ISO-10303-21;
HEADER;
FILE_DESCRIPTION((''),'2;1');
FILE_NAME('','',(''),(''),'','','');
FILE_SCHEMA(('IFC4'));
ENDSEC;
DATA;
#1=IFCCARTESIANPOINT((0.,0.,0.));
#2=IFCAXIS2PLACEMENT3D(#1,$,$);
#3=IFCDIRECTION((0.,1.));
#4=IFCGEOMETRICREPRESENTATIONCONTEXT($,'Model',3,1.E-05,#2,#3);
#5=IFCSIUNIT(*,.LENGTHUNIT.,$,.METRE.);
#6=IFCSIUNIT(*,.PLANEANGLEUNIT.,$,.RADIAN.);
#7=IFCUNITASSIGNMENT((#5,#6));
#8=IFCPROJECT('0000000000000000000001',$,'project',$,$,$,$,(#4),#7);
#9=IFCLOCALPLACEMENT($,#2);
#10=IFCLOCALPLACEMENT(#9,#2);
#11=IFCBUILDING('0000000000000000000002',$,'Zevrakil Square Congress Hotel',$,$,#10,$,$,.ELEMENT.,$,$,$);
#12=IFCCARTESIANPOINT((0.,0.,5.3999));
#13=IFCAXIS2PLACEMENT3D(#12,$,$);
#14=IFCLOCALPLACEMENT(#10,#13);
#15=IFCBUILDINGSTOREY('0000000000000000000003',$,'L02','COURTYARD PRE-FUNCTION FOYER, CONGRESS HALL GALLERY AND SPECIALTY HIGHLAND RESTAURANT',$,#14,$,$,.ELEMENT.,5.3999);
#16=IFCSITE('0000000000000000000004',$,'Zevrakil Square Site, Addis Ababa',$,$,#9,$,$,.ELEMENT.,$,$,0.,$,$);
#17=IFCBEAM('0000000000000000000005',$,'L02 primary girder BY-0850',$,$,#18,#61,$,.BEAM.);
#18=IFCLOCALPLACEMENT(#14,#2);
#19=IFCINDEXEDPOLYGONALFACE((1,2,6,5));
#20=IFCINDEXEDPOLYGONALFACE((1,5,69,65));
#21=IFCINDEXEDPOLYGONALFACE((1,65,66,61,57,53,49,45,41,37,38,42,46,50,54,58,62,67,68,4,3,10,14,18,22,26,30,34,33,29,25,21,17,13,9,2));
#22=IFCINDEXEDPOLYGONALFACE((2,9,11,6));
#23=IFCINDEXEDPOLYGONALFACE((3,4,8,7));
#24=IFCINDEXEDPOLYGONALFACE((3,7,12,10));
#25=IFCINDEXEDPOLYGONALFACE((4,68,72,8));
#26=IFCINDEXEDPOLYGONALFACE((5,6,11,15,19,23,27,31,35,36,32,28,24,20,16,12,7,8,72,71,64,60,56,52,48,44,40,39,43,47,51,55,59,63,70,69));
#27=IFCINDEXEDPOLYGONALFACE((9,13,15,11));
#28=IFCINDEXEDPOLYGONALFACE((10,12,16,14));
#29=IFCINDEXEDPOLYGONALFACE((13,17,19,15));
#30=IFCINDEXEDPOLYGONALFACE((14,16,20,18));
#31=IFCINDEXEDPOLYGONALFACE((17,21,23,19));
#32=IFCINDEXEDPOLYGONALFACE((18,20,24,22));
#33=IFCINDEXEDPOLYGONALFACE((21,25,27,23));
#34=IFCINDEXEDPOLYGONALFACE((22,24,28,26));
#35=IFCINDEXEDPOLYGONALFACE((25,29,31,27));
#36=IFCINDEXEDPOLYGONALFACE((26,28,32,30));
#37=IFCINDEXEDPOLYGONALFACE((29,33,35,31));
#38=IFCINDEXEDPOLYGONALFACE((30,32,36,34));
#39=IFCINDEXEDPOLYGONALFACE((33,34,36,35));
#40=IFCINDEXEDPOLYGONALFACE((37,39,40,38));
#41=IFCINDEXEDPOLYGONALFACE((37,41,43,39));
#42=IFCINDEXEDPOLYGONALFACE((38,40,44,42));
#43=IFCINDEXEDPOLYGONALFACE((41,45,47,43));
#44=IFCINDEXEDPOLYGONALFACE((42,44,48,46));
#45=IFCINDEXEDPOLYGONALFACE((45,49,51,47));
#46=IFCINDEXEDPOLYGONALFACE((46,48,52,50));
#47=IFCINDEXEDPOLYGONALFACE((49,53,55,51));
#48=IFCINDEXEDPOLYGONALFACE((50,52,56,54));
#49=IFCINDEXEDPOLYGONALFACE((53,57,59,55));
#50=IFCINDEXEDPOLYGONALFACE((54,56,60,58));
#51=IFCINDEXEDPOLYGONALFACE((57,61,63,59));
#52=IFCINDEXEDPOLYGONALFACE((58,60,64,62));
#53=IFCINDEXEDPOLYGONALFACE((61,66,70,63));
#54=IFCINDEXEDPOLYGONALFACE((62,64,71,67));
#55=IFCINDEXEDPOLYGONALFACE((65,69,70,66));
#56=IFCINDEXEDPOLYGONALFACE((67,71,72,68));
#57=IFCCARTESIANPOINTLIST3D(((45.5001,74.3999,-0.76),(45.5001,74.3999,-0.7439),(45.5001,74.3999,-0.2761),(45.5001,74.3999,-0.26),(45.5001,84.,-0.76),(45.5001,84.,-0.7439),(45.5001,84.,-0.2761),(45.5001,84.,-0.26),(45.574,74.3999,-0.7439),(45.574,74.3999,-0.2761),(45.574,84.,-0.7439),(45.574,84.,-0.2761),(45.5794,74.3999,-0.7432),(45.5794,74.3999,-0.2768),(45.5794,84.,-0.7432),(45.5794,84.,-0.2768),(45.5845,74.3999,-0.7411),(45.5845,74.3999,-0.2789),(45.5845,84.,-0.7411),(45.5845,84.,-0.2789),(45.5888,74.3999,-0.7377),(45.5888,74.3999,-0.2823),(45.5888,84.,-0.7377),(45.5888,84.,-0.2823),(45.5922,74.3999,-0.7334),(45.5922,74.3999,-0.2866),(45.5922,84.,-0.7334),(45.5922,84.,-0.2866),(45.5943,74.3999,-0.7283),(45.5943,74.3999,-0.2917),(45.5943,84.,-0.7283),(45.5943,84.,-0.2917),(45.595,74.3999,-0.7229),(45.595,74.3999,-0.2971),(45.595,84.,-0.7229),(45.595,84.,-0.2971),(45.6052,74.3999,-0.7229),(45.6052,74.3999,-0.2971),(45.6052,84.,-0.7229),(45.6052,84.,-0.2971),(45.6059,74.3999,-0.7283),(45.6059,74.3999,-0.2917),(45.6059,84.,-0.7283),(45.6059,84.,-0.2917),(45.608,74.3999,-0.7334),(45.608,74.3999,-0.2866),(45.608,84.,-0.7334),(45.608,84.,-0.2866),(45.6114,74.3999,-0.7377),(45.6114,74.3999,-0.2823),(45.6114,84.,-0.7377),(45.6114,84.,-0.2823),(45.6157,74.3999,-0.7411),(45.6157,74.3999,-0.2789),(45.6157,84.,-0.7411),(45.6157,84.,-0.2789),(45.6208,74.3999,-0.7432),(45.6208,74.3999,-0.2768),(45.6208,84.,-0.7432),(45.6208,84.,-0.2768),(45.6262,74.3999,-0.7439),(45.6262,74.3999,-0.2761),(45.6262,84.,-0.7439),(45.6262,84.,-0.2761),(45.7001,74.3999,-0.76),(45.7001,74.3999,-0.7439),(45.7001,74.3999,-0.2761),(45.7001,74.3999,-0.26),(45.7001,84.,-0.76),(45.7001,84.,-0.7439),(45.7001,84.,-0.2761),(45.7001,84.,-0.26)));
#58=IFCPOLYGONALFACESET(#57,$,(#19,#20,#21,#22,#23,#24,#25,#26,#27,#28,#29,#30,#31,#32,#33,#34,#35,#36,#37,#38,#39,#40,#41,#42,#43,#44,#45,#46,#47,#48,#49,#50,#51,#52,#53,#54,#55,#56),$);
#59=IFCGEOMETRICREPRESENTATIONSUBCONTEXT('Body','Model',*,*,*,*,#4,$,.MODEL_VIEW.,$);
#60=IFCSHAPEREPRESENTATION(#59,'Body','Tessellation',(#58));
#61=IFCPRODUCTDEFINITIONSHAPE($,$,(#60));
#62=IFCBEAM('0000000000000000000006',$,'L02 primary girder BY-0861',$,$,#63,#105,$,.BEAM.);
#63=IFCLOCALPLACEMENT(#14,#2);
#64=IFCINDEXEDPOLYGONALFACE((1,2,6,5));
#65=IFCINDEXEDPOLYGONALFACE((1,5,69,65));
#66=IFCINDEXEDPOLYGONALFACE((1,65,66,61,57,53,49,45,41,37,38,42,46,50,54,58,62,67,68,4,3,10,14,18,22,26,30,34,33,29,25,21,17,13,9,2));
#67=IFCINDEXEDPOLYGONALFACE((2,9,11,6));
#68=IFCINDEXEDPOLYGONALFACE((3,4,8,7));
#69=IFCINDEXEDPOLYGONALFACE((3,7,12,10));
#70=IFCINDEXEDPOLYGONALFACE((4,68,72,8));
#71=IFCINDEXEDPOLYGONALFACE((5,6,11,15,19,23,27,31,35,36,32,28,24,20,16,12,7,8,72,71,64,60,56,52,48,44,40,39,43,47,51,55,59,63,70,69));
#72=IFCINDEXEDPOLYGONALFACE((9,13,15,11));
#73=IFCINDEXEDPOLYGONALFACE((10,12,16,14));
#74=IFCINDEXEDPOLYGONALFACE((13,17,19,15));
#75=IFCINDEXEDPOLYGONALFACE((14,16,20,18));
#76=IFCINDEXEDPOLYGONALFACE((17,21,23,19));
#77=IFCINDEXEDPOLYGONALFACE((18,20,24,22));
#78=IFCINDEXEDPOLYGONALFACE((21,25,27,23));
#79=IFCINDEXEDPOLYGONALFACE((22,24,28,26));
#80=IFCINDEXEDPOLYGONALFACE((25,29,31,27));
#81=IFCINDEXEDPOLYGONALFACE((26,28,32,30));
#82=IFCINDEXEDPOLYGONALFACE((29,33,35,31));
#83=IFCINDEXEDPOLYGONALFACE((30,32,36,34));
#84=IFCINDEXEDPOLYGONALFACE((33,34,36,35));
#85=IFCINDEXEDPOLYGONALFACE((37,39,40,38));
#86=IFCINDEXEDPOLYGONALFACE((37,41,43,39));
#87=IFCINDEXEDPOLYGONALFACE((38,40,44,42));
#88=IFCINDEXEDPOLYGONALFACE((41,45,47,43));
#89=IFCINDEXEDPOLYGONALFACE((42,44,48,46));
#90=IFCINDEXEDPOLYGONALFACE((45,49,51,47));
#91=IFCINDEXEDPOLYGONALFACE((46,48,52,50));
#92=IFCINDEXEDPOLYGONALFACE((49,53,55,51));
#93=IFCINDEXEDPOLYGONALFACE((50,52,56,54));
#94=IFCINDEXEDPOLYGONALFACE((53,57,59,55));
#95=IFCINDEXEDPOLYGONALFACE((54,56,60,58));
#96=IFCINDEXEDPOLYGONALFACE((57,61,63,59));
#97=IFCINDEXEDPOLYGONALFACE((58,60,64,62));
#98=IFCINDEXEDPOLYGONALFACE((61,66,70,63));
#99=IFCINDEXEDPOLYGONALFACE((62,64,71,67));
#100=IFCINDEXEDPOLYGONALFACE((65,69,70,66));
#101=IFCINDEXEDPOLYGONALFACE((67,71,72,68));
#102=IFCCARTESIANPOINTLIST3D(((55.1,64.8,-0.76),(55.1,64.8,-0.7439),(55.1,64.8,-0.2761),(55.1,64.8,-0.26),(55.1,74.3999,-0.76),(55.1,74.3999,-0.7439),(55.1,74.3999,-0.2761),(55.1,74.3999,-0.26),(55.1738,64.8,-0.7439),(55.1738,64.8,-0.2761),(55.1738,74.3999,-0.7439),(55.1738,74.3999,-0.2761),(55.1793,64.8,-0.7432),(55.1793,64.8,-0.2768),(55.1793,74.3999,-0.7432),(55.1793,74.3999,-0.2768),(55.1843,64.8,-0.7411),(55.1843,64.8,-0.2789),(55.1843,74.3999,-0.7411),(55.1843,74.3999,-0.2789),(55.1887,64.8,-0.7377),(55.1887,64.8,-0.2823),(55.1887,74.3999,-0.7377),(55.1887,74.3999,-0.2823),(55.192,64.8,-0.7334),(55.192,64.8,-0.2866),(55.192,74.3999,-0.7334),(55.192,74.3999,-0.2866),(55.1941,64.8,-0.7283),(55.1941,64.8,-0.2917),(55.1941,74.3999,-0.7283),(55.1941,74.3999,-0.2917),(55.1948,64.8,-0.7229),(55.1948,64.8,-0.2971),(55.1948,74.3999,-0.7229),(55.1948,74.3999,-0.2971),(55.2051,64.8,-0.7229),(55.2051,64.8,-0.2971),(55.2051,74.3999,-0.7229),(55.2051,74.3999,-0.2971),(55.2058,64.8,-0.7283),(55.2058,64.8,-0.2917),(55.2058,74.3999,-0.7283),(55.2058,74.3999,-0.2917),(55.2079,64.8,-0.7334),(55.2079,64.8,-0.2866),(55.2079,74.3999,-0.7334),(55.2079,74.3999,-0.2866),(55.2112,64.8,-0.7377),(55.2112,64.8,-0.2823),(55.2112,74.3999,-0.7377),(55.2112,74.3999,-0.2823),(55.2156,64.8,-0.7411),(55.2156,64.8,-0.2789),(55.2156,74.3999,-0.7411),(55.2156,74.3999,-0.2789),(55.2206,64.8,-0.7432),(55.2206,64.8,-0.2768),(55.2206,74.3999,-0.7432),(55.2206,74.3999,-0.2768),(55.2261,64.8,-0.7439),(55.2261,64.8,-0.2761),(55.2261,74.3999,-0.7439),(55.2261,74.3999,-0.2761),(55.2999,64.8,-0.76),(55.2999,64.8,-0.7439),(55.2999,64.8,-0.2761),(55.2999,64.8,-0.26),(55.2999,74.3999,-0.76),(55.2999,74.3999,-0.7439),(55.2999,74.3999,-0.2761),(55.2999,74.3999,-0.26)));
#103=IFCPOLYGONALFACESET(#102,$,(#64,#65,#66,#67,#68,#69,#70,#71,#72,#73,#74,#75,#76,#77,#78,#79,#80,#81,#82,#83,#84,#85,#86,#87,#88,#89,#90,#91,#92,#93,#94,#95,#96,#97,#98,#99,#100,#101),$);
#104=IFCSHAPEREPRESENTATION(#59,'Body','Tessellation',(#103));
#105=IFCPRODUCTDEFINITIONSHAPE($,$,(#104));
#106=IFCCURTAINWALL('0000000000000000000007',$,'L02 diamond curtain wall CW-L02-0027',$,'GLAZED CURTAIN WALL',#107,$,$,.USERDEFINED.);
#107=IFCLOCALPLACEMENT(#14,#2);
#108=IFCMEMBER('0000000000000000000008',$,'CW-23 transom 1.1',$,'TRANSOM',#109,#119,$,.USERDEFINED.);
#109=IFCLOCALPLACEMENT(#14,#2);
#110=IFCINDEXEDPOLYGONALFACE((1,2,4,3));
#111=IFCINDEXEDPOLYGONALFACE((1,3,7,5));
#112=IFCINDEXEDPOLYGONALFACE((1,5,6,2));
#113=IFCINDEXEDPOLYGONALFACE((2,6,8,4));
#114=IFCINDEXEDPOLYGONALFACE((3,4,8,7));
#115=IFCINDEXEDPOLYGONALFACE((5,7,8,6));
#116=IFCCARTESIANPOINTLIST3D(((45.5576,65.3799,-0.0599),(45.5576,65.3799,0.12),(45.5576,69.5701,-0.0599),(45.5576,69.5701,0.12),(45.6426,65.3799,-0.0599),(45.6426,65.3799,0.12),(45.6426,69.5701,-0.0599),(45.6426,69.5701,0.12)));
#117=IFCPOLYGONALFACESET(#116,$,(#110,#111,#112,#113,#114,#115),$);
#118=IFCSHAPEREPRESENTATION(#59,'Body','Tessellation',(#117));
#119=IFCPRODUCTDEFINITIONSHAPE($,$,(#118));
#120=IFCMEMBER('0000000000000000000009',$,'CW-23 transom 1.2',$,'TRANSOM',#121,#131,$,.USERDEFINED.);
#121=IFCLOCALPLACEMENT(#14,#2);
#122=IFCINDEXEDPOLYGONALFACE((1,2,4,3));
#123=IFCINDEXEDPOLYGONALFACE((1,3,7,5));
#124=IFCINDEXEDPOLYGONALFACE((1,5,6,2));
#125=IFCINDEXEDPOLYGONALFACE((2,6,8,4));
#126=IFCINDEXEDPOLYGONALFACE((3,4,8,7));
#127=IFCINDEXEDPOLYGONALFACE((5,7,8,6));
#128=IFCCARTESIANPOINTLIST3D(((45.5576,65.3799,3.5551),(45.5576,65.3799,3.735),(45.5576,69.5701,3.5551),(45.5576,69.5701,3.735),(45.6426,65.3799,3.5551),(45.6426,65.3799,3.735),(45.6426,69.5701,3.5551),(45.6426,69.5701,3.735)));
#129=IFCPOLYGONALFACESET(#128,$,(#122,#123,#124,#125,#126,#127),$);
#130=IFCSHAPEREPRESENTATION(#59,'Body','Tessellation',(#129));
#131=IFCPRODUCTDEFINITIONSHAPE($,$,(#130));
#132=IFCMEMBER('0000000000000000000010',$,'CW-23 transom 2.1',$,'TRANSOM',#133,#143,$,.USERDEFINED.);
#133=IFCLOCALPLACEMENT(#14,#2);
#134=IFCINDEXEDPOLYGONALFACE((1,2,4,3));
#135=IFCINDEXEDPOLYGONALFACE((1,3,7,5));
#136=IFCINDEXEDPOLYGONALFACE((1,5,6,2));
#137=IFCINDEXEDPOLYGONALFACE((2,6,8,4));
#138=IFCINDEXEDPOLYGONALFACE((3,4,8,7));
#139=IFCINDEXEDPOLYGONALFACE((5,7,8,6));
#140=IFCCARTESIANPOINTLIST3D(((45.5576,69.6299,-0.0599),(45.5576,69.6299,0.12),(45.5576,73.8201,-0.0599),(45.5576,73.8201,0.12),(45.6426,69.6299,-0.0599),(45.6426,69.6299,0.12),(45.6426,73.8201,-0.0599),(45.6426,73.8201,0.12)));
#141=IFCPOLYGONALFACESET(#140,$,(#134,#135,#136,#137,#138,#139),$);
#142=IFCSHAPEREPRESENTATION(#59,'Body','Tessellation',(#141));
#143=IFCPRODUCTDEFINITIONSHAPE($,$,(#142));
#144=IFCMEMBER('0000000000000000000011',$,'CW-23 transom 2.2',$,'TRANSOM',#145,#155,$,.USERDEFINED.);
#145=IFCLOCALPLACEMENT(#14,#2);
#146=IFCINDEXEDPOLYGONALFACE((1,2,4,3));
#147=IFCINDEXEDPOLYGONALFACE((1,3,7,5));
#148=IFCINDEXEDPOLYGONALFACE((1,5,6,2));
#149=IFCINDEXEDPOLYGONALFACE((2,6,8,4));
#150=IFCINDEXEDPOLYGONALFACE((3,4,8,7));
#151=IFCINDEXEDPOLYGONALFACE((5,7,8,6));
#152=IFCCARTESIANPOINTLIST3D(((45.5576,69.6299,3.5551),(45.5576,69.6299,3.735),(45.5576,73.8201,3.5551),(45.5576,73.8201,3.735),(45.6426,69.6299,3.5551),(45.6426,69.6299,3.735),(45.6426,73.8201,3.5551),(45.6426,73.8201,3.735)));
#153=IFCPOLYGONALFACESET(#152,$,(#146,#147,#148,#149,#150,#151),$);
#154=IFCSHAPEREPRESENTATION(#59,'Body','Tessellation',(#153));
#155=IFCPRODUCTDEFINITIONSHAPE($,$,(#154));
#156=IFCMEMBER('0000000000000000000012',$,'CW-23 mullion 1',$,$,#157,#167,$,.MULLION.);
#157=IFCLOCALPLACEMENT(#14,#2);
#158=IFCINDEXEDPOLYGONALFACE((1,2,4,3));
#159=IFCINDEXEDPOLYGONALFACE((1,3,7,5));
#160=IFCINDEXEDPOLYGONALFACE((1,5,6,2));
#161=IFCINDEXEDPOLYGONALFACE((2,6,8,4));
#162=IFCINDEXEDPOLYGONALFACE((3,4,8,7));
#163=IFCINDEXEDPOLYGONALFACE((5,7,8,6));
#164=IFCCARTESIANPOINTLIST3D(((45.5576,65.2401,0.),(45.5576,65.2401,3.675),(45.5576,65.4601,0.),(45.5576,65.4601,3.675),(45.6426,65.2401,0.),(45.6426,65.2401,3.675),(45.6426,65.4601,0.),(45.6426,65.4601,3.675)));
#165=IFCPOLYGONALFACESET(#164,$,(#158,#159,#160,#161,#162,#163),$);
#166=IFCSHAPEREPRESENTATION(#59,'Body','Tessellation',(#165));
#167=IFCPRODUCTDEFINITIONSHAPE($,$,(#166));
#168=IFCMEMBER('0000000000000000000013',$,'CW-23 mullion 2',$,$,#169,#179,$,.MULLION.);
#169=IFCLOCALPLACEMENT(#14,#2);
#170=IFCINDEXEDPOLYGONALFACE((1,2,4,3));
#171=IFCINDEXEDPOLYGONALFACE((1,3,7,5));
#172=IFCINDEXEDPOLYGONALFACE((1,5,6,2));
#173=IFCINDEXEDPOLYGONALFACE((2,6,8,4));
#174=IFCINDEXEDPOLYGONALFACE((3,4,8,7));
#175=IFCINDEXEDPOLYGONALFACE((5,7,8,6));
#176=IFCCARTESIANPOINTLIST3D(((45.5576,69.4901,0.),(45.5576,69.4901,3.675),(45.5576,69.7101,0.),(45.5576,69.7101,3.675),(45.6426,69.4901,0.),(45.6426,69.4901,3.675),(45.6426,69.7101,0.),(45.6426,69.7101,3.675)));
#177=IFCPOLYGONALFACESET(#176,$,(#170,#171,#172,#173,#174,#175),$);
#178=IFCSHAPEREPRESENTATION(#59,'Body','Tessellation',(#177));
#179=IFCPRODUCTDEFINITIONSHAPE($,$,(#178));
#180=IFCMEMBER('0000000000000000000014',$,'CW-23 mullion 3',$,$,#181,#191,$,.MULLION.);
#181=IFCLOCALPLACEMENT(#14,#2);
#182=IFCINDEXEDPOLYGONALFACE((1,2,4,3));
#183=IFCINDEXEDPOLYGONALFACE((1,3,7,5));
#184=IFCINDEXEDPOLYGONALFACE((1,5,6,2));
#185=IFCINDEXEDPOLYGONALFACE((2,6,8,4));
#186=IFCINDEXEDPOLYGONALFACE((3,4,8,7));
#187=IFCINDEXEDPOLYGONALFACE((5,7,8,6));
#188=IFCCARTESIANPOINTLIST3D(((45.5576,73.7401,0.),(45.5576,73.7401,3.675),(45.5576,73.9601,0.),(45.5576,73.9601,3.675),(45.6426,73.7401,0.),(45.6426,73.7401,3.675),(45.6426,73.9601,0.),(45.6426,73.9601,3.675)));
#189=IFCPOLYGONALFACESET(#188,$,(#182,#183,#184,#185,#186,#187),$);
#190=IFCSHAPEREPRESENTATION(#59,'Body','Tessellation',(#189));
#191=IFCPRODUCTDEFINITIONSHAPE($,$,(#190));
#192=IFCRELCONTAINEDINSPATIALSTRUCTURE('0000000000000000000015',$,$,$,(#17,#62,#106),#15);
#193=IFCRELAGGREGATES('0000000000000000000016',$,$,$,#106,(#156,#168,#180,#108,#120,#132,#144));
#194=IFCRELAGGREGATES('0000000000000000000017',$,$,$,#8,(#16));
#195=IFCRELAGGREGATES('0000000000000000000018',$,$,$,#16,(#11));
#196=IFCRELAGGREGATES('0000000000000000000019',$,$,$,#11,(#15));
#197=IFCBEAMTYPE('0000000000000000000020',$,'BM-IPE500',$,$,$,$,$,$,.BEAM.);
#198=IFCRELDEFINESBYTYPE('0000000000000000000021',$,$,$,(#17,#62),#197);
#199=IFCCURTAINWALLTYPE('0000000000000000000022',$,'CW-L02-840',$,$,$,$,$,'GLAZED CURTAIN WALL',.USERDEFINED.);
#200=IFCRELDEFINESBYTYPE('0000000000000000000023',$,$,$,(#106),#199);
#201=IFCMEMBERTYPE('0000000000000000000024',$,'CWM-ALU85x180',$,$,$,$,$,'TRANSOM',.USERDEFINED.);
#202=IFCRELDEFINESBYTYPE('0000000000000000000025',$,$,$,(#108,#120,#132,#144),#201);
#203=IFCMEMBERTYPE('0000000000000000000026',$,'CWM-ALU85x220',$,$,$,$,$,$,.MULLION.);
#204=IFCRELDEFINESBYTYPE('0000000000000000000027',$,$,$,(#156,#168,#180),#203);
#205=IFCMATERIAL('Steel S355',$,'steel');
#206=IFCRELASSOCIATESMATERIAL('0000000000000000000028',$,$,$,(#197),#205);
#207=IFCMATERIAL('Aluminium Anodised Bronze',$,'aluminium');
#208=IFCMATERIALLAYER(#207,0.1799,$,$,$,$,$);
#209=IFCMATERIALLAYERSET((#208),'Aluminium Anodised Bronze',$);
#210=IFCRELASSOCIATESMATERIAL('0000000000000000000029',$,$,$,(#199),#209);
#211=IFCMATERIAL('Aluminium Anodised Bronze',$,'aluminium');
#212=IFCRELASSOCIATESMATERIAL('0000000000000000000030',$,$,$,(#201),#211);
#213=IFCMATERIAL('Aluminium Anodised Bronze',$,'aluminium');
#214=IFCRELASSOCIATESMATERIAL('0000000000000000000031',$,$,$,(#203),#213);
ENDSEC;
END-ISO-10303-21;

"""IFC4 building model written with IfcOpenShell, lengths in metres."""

from ifc_helpers import new_model, si_unit, direction, frame, origin, origin_2d, place, context, subcontext, project, spatial, rectangle, i_section, extrude, material, layer, layer_set, material_profile, profile_set, type_object, element, aggregate, save


model = new_model("IFC4")

# Units and contexts
model_context = context("Model", 3, precision=1e-05, world=origin(), true_north=direction((0.0, 1.0)))
body_context = subcontext(model_context, "Body", "Model", "MODEL_VIEW")
ifc_project = project(units=[si_unit("LENGTHUNIT", "METRE"), si_unit("PLANEANGLEUNIT", "RADIAN")], contexts=[model_context])

# Site, building, storey
site_placement = place(None, origin())
site = spatial("IfcSite", under=ifc_project, at=site_placement, Name="Zevrakil Square Site, Addis Ababa", CompositionType="ELEMENT", RefElevation=0.0)
building_placement = place(site_placement, origin())
building = spatial("IfcBuilding", under=site, at=building_placement, Name="Zevrakil Square Congress Hotel", CompositionType="ELEMENT")
storey_placement = place(building_placement, frame((0.0, 0.0, 5.3999)))
storey = spatial("IfcBuildingStorey", under=building, at=storey_placement, Name="L02", Description="COURTYARD PRE-FUNCTION FOYER, CONGRESS HALL GALLERY AND SPECIALTY HIGHLAND RESTAURANT", CompositionType="ELEMENT", Elevation=5.3999)

# Beams
ifc_material_1 = material(Name="Steel S355", Category="steel")
ifc_material_profile_1 = material_profile(ifc_material_1, i_section(OverallWidth=0.2, OverallDepth=0.5, WebThickness=0.0103, FlangeThickness=0.0161, FilletRadius=0.021, at=origin_2d()), Name="IPE 500")
ifc_profile_set_1 = profile_set([ifc_material_profile_1], Name="Steel S355")
beam_type_1 = type_object("IfcBeamType", Name="BM-IPE500", PredefinedType="BEAM", material=ifc_profile_set_1)
beam_1_placement = place(storey_placement, frame((45.6001, 74.3999, -0.51), z_axis=(0.0, 1.0, 0.0), x_axis=(-1.0, 0.0, 0.0)))
element("IfcBeam", 1, at=beam_1_placement, inside=storey, type_object=beam_type_1, Name="L02 primary girder BY-0850", PredefinedType="BEAM", context=body_context, shape_type="SweptSolid", body=[
    extrude(i_section(OverallWidth=0.2, OverallDepth=0.5, WebThickness=0.0103, FlangeThickness=0.0161, FilletRadius=0.021, at=origin_2d()), origin(), (0.0, 0.0, 1.0), 9.6001),
])
beam_2_placement = place(storey_placement, frame((55.2, 64.8, -0.51), z_axis=(0.0, 1.0, 0.0), x_axis=(-1.0, 0.0, 0.0)))
element("IfcBeam", 2, at=beam_2_placement, inside=storey, type_object=beam_type_1, Name="L02 primary girder BY-0861", PredefinedType="BEAM", context=body_context, shape_type="SweptSolid", body=[
    extrude(i_section(OverallWidth=0.2, OverallDepth=0.5, WebThickness=0.0103, FlangeThickness=0.0161, FilletRadius=0.021, at=origin_2d()), origin(), (0.0, 0.0, 1.0), 9.5999),
])

# Curtain wall, members
ifc_material_2 = material(Name="Aluminium Anodised Bronze", Category="aluminium")
ifc_layer_1 = layer(ifc_material_2, 0.1799)
ifc_layer_set_1 = layer_set([ifc_layer_1], Name="Aluminium Anodised Bronze")
curtain_wall_type = type_object("IfcCurtainWallType", Name="CW-L02-840", ElementType="GLAZED CURTAIN WALL", PredefinedType="USERDEFINED", material=ifc_layer_set_1)
curtain_wall_placement = place(storey_placement, origin())
curtain_wall = element("IfcCurtainWall", 3, at=curtain_wall_placement, inside=storey, type_object=curtain_wall_type, Name="L02 diamond curtain wall CW-L02-0027", ObjectType="GLAZED CURTAIN WALL", PredefinedType="USERDEFINED")
ifc_material_3 = material(Name="Aluminium Anodised Bronze", Category="aluminium")
ifc_material_profile_2 = material_profile(ifc_material_3, rectangle(XDim=0.085, YDim=0.1799, at=origin_2d()), Name="ALU 85x180")
ifc_profile_set_2 = profile_set([ifc_material_profile_2], Name="Aluminium Anodised Bronze")
member_type_1 = type_object("IfcMemberType", Name="CWM-ALU85x180", ElementType="TRANSOM", PredefinedType="USERDEFINED", material=ifc_profile_set_2)
member_1_placement = place(storey_placement, frame((45.6001, 65.3799, 0.03), z_axis=(0.0, 1.0, 0.0), x_axis=(-1.0, 0.0, 0.0)))
member_1 = element("IfcMember", 4, at=member_1_placement, type_object=member_type_1, Name="CW-23 transom 1.1", ObjectType="TRANSOM", PredefinedType="USERDEFINED", context=body_context, shape_type="SweptSolid", body=[
    extrude(rectangle(XDim=0.085, YDim=0.1799, at=origin_2d()), origin(), (0.0, 0.0, 1.0), 4.1902),
])
member_2_placement = place(storey_placement, frame((45.6001, 65.3799, 3.645), z_axis=(0.0, 1.0, 0.0), x_axis=(-1.0, 0.0, 0.0)))
member_2 = element("IfcMember", 5, at=member_2_placement, type_object=member_type_1, Name="CW-23 transom 1.2", ObjectType="TRANSOM", PredefinedType="USERDEFINED", context=body_context, shape_type="SweptSolid", body=[
    extrude(rectangle(XDim=0.085, YDim=0.1799, at=origin_2d()), origin(), (0.0, 0.0, 1.0), 4.1902),
])
member_3_placement = place(storey_placement, frame((45.6001, 69.6299, 0.03), z_axis=(0.0, 1.0, 0.0), x_axis=(-1.0, 0.0, 0.0)))
member_3 = element("IfcMember", 6, at=member_3_placement, type_object=member_type_1, Name="CW-23 transom 2.1", ObjectType="TRANSOM", PredefinedType="USERDEFINED", context=body_context, shape_type="SweptSolid", body=[
    extrude(rectangle(XDim=0.085, YDim=0.1799, at=origin_2d()), origin(), (0.0, 0.0, 1.0), 4.1902),
])
member_4_placement = place(storey_placement, frame((45.6001, 69.6299, 3.645), z_axis=(0.0, 1.0, 0.0), x_axis=(-1.0, 0.0, 0.0)))
member_4 = element("IfcMember", 7, at=member_4_placement, type_object=member_type_1, Name="CW-23 transom 2.2", ObjectType="TRANSOM", PredefinedType="USERDEFINED", context=body_context, shape_type="SweptSolid", body=[
    extrude(rectangle(XDim=0.085, YDim=0.1799, at=origin_2d()), origin(), (0.0, 0.0, 1.0), 4.1902),
])
ifc_material_4 = material(Name="Aluminium Anodised Bronze", Category="aluminium")
ifc_material_profile_3 = material_profile(ifc_material_4, rectangle(XDim=0.085, YDim=0.22, at=origin_2d()), Name="ALU 85x220")
ifc_profile_set_3 = profile_set([ifc_material_profile_3], Name="Aluminium Anodised Bronze")
member_type_2 = type_object("IfcMemberType", Name="CWM-ALU85x220", PredefinedType="MULLION", material=ifc_profile_set_3)
member_5_placement = place(storey_placement, frame((45.6001, 65.3501, 0.0), z_axis=(0.0, 0.0, 1.0), x_axis=(-1.0, 0.0, 0.0)))
member_5 = element("IfcMember", 8, at=member_5_placement, type_object=member_type_2, Name="CW-23 mullion 1", PredefinedType="MULLION", context=body_context, shape_type="SweptSolid", body=[
    extrude(rectangle(XDim=0.085, YDim=0.22, at=origin_2d()), origin(), (0.0, 0.0, 1.0), 3.675),
])
member_6_placement = place(storey_placement, frame((45.6001, 69.6001, 0.0), z_axis=(0.0, 0.0, 1.0), x_axis=(-1.0, 0.0, 0.0)))
member_6 = element("IfcMember", 9, at=member_6_placement, type_object=member_type_2, Name="CW-23 mullion 2", PredefinedType="MULLION", context=body_context, shape_type="SweptSolid", body=[
    extrude(rectangle(XDim=0.085, YDim=0.22, at=origin_2d()), origin(), (0.0, 0.0, 1.0), 3.675),
])
member_7_placement = place(storey_placement, frame((45.6001, 73.8501, 0.0), z_axis=(0.0, 0.0, 1.0), x_axis=(-1.0, 0.0, 0.0)))
member_7 = element("IfcMember", 10, at=member_7_placement, type_object=member_type_2, Name="CW-23 mullion 3", PredefinedType="MULLION", context=body_context, shape_type="SweptSolid", body=[
    extrude(rectangle(XDim=0.085, YDim=0.22, at=origin_2d()), origin(), (0.0, 0.0, 1.0), 3.675),
])
aggregate(curtain_wall, [member_5, member_6, member_7, member_1, member_2, member_3, member_4])

save(model, "model.ifc")
